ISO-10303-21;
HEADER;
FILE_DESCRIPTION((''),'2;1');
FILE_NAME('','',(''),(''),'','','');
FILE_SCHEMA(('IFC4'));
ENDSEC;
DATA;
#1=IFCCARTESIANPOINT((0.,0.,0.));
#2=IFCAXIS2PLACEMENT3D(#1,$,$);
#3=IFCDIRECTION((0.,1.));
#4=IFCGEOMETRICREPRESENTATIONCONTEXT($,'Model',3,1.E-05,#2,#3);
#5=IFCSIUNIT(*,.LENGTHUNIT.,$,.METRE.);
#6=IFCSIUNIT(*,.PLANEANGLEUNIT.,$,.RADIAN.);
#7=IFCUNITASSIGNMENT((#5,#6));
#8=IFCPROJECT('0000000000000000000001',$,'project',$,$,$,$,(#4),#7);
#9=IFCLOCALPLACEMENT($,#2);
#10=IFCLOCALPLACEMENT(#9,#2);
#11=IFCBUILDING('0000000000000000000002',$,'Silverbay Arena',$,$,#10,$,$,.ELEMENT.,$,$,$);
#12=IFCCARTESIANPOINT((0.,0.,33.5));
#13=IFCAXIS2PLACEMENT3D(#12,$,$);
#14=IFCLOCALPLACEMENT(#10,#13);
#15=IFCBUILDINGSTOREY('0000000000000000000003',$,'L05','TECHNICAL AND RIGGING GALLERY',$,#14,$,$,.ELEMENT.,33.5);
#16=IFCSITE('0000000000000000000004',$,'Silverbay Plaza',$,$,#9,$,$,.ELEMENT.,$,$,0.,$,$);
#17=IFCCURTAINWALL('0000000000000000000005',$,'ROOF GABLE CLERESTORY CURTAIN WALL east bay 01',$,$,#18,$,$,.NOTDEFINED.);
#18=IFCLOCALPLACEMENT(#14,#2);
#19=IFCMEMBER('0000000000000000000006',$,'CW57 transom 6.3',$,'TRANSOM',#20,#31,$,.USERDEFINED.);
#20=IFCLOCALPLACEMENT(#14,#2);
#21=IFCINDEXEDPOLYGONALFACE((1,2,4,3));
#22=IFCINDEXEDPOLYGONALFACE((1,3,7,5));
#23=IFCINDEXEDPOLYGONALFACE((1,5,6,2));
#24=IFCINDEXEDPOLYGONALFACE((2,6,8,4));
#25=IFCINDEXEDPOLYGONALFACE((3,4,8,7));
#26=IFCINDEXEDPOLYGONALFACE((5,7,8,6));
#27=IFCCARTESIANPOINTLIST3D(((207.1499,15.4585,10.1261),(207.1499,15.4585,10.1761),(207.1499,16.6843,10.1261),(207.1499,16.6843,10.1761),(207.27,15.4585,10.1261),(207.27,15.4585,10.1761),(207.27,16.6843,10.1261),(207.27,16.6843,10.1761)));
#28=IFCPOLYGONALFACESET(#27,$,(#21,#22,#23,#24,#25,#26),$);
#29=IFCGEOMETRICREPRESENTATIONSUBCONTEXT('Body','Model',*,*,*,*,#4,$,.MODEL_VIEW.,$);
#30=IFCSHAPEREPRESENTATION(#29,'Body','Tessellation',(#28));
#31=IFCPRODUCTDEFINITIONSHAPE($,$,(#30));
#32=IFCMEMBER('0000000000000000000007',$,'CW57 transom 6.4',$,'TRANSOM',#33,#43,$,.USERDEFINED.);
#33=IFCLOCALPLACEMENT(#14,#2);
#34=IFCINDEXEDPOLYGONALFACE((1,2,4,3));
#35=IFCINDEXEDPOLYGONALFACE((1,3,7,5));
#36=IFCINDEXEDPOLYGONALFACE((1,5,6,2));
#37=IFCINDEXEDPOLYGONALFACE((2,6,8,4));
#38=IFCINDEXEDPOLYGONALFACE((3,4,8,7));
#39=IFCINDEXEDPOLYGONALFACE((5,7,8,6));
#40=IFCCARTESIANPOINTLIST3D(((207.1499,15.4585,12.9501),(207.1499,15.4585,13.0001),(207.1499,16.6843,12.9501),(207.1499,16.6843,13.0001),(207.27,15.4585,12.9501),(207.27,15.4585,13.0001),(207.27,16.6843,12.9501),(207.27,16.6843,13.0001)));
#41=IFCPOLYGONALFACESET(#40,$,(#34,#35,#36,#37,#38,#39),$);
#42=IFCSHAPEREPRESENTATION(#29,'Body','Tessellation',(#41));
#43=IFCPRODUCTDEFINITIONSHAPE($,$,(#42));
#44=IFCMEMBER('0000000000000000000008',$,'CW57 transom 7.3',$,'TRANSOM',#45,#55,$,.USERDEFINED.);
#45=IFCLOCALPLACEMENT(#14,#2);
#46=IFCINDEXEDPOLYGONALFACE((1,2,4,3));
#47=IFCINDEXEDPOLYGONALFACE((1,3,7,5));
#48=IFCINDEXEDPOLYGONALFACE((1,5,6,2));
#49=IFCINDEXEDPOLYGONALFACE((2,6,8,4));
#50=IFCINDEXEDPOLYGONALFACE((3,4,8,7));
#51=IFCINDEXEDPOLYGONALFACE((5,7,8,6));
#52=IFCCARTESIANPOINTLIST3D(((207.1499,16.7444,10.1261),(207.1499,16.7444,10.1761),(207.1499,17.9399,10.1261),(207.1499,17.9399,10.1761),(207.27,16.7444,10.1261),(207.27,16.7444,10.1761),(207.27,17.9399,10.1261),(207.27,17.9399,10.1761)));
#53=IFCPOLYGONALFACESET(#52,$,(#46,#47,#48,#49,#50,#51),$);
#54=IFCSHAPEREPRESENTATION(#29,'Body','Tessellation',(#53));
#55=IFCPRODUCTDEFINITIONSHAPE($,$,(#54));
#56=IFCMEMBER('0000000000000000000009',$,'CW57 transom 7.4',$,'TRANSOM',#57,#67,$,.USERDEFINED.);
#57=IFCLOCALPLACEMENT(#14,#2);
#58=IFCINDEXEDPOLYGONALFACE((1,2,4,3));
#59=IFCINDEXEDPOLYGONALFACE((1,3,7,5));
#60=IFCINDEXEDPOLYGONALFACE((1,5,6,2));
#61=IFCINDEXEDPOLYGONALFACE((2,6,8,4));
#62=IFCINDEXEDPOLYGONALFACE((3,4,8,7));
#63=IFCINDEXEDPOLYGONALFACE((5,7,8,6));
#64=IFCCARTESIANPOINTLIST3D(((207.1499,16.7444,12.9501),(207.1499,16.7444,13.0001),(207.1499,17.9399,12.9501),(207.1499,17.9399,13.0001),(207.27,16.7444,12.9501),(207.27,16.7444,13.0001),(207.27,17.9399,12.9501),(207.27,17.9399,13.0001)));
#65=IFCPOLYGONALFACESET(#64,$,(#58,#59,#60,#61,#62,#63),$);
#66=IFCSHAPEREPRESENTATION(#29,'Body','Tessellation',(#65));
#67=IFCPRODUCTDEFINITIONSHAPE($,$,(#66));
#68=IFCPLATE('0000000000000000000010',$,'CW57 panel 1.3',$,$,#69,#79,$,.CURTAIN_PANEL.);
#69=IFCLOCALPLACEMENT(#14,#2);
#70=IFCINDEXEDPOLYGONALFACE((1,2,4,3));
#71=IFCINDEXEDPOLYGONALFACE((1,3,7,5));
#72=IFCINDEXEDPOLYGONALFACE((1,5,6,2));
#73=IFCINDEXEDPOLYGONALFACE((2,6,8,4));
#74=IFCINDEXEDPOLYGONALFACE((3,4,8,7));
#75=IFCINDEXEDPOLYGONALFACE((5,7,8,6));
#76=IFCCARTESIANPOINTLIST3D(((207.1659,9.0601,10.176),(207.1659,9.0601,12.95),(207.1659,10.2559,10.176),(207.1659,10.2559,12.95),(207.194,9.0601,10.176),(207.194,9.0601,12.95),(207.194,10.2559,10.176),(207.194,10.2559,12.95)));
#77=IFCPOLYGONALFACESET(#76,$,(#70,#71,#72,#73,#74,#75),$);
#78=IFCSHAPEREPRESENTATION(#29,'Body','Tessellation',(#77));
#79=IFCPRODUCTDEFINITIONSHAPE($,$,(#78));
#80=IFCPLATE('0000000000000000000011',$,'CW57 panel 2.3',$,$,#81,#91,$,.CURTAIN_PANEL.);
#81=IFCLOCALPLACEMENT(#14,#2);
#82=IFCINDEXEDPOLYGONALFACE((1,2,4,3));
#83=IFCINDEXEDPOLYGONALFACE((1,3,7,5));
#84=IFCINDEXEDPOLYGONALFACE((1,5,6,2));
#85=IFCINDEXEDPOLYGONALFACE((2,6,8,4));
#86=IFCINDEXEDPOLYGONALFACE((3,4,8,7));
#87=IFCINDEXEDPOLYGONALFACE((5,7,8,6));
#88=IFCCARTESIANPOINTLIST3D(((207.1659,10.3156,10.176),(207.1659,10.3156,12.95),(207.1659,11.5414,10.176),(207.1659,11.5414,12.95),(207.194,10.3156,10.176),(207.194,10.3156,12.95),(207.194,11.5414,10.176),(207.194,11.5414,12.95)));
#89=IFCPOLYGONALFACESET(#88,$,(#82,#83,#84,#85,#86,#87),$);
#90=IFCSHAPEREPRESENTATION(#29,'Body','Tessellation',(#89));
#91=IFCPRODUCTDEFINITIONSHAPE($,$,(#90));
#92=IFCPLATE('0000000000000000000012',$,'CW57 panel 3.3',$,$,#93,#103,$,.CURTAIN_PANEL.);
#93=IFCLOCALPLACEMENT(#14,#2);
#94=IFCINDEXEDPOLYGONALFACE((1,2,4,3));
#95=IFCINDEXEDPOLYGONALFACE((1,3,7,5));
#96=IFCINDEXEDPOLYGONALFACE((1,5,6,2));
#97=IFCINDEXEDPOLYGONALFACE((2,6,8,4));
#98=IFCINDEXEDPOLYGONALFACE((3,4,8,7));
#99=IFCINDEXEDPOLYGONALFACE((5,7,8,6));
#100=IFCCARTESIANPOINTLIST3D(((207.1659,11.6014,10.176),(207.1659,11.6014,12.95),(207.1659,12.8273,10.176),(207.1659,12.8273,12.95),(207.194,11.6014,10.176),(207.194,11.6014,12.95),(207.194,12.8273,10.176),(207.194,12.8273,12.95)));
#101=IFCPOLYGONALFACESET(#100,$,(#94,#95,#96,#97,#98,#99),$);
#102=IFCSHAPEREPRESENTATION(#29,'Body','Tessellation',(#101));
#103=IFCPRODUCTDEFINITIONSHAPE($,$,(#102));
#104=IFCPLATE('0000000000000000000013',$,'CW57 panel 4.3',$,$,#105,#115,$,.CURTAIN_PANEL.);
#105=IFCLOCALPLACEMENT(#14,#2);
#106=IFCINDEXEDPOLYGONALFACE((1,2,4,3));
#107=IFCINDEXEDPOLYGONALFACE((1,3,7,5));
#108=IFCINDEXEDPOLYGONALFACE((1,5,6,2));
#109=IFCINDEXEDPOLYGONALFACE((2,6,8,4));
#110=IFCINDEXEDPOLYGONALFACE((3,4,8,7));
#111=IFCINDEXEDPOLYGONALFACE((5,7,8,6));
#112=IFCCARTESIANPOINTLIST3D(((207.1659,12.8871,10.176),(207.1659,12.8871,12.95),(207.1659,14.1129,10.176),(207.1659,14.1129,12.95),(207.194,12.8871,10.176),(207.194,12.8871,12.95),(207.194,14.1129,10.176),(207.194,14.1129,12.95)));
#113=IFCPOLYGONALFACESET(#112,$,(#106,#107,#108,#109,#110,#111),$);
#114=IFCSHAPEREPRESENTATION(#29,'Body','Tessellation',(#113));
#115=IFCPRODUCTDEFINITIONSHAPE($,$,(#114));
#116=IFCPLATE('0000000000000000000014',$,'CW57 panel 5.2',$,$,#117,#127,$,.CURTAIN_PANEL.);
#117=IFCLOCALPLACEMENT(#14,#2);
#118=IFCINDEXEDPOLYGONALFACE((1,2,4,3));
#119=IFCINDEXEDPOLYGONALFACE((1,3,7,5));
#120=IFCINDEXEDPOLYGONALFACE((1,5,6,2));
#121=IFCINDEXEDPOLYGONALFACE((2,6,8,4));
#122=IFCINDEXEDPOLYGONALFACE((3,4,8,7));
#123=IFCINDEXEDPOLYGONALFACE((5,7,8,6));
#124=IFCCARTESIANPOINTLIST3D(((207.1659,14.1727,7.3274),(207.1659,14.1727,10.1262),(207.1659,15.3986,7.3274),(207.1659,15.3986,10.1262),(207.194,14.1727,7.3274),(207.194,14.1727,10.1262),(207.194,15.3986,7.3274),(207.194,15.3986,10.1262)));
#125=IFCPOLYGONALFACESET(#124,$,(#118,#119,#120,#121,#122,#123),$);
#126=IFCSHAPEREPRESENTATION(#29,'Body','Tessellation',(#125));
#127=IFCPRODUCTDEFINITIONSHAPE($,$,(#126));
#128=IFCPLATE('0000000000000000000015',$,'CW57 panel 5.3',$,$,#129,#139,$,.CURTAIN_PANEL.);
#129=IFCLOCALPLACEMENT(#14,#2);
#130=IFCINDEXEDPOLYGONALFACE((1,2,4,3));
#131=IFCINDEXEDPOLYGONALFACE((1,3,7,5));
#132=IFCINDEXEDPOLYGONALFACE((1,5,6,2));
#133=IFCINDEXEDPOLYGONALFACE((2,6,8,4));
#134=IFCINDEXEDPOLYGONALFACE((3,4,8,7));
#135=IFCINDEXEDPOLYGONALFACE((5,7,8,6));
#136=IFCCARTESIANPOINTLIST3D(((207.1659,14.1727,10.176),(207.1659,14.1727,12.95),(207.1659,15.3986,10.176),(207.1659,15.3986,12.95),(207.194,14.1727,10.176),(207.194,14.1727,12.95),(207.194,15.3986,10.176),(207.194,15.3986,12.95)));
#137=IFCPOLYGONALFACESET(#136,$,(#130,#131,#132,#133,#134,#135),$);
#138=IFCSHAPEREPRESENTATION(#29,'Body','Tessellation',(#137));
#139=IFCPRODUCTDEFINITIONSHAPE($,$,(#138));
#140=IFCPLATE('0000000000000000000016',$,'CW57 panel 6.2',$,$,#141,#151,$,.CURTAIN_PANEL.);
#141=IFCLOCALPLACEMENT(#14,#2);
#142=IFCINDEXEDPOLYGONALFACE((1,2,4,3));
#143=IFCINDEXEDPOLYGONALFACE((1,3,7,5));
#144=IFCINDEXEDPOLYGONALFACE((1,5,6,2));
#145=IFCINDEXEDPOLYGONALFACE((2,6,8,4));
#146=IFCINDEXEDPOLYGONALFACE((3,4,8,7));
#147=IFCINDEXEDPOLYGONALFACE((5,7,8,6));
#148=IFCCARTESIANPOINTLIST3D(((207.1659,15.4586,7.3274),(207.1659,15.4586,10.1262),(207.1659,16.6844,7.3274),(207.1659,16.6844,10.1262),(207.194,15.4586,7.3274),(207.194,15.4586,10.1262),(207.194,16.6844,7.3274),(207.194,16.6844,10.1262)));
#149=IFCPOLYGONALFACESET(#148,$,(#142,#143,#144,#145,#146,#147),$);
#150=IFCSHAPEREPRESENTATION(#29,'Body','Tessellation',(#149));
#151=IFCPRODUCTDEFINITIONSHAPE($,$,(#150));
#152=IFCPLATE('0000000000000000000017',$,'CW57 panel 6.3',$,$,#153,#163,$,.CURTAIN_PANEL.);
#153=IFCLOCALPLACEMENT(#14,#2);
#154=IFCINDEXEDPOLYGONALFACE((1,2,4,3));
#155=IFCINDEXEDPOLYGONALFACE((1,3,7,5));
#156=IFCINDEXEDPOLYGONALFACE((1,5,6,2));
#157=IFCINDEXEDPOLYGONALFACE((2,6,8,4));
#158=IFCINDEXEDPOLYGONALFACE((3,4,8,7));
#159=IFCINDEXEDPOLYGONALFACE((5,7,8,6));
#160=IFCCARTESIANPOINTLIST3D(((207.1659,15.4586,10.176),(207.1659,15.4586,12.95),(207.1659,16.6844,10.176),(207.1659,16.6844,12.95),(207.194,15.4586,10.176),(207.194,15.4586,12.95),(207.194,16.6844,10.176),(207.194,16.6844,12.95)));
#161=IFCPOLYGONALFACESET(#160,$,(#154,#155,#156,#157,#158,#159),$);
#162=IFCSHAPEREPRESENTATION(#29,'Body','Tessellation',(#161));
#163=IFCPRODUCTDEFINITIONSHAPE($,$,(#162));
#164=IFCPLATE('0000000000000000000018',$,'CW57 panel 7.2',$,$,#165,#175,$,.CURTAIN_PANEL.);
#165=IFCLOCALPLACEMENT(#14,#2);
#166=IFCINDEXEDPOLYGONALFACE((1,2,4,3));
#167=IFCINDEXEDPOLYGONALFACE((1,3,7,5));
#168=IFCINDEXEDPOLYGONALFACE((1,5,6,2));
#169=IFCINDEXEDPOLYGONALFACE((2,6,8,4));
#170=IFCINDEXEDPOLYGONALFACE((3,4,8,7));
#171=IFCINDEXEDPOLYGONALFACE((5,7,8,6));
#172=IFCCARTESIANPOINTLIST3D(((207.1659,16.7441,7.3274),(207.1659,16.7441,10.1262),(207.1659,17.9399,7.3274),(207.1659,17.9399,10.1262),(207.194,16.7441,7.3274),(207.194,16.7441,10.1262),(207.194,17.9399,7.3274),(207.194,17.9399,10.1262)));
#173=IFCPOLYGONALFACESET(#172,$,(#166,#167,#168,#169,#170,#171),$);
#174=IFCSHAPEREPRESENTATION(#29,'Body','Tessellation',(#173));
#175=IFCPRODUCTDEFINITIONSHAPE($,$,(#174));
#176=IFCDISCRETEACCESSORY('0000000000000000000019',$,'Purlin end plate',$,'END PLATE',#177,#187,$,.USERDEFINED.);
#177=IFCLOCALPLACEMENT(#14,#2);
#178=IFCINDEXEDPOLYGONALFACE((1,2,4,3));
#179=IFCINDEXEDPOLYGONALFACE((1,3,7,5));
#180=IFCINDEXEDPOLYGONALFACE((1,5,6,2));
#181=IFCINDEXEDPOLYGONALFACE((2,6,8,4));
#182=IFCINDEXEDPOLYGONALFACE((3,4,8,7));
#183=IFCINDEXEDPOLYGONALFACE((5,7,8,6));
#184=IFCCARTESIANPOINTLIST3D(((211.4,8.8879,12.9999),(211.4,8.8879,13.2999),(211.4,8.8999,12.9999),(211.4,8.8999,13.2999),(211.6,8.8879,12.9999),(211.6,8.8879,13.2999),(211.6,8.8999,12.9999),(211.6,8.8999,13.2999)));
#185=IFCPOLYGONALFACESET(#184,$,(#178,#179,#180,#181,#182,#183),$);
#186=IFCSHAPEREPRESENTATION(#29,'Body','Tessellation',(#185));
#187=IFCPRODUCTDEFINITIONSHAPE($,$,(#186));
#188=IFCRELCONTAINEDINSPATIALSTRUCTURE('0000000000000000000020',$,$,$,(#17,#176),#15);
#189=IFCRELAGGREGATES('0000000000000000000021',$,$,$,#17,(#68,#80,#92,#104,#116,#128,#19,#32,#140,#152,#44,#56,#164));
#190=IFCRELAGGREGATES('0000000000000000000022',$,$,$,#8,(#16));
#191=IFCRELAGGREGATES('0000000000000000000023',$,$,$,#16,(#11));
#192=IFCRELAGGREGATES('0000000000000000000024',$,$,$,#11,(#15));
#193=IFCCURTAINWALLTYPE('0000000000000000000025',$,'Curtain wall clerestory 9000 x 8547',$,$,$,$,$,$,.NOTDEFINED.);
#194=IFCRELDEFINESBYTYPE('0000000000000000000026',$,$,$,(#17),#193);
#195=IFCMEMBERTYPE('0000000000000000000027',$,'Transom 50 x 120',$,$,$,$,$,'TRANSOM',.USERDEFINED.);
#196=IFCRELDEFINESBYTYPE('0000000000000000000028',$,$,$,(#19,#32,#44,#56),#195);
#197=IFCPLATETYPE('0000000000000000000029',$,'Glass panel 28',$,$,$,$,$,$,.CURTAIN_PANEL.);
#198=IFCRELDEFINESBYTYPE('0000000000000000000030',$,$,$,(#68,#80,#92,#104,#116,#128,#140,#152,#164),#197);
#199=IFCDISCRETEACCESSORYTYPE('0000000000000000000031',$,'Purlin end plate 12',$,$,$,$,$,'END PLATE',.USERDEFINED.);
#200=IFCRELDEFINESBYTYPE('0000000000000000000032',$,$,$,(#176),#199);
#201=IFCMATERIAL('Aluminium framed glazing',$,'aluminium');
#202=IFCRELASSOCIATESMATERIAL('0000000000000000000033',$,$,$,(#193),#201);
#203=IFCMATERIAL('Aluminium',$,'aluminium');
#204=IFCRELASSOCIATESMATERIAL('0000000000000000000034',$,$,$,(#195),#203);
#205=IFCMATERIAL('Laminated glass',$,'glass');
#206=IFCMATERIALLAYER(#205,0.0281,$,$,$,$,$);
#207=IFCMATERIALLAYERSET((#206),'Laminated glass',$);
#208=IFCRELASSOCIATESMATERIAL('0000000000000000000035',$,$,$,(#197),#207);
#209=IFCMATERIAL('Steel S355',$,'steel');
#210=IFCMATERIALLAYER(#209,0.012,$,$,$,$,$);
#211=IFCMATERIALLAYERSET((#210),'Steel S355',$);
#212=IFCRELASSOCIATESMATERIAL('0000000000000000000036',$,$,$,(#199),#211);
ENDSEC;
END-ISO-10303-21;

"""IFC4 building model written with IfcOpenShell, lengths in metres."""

from ifc_helpers import new_model, si_unit, direction, frame, origin, origin_2d, place, context, subcontext, project, spatial, rectangle, extrude, material, layer, layer_set, material_profile, profile_set, type_object, element, aggregate, save


model = new_model("IFC4")

# Units and contexts
model_context = context("Model", 3, precision=1e-05, world=origin(), true_north=direction((0.0, 1.0)))
body_context = subcontext(model_context, "Body", "Model", "MODEL_VIEW")
ifc_project = project(units=[si_unit("LENGTHUNIT", "METRE"), si_unit("PLANEANGLEUNIT", "RADIAN")], contexts=[model_context])

# Site, building, storey
site_placement = place(None, origin())
site = spatial("IfcSite", under=ifc_project, at=site_placement, Name="Silverbay Plaza", CompositionType="ELEMENT", RefElevation=0.0)
building_placement = place(site_placement, origin())
building = spatial("IfcBuilding", under=site, at=building_placement, Name="Silverbay Arena", CompositionType="ELEMENT")
storey_placement = place(building_placement, frame((0.0, 0.0, 33.5)))
storey = spatial("IfcBuildingStorey", under=building, at=storey_placement, Name="L05", Description="TECHNICAL AND RIGGING GALLERY", CompositionType="ELEMENT", Elevation=33.5)

# Curtain wall, members, plates
ifc_material_1 = material(Name="Aluminium framed glazing", Category="aluminium")
curtain_wall_type = type_object("IfcCurtainWallType", Name="Curtain wall clerestory 9000 x 8547", PredefinedType="NOTDEFINED", material=ifc_material_1)
curtain_wall_placement = place(storey_placement, origin())
curtain_wall = element("IfcCurtainWall", 1, at=curtain_wall_placement, inside=storey, type_object=curtain_wall_type, Name="ROOF GABLE CLERESTORY CURTAIN WALL east bay 01", PredefinedType="NOTDEFINED")
ifc_material_2 = material(Name="Aluminium", Category="aluminium")
ifc_material_profile_1 = material_profile(ifc_material_2, rectangle(XDim=0.1201, YDim=0.05, at=origin_2d()), Name="Transom 50 x 120")
ifc_profile_set_1 = profile_set([ifc_material_profile_1], Name="Aluminium")
member_type_1 = type_object("IfcMemberType", Name="Transom 50 x 120", ElementType="TRANSOM", PredefinedType="USERDEFINED", material=ifc_profile_set_1)
member_1_placement = place(storey_placement, frame((207.21, 15.4585, 10.1511), z_axis=(0.0, 1.0, 0.0), x_axis=(-1.0, 0.0, 0.0)))
member_1 = element("IfcMember", 2, at=member_1_placement, type_object=member_type_1, Name="CW57 transom 6.3", ObjectType="TRANSOM", PredefinedType="USERDEFINED", context=body_context, shape_type="SweptSolid", body=[
    extrude(rectangle(XDim=0.1201, YDim=0.05, at=origin_2d()), origin(), (0.0, 0.0, 1.0), 1.2258),
])
member_2_placement = place(storey_placement, frame((207.21, 15.4585, 12.9751), z_axis=(0.0, 1.0, 0.0), x_axis=(-1.0, 0.0, 0.0)))
member_2 = element("IfcMember", 3, at=member_2_placement, type_object=member_type_1, Name="CW57 transom 6.4", ObjectType="TRANSOM", PredefinedType="USERDEFINED", context=body_context, shape_type="SweptSolid", body=[
    extrude(rectangle(XDim=0.1201, YDim=0.05, at=origin_2d()), origin(), (0.0, 0.0, 1.0), 1.2258),
])
member_3_placement = place(storey_placement, frame((207.21, 16.7444, 10.1511), z_axis=(0.0, 1.0, 0.0), x_axis=(-1.0, 0.0, 0.0)))
member_3 = element("IfcMember", 4, at=member_3_placement, type_object=member_type_1, Name="CW57 transom 7.3", ObjectType="TRANSOM", PredefinedType="USERDEFINED", context=body_context, shape_type="SweptSolid", body=[
    extrude(rectangle(XDim=0.1201, YDim=0.05, at=origin_2d()), origin(), (0.0, 0.0, 1.0), 1.1956),
])
member_4_placement = place(storey_placement, frame((207.21, 16.7444, 12.9751), z_axis=(0.0, 1.0, 0.0), x_axis=(-1.0, 0.0, 0.0)))
member_4 = element("IfcMember", 5, at=member_4_placement, type_object=member_type_1, Name="CW57 transom 7.4", ObjectType="TRANSOM", PredefinedType="USERDEFINED", context=body_context, shape_type="SweptSolid", body=[
    extrude(rectangle(XDim=0.1201, YDim=0.05, at=origin_2d()), origin(), (0.0, 0.0, 1.0), 1.1956),
])
ifc_material_3 = material(Name="Laminated glass", Category="glass")
ifc_layer_1 = layer(ifc_material_3, 0.0281)
ifc_layer_set_1 = layer_set([ifc_layer_1], Name="Laminated glass")
plate_type = type_object("IfcPlateType", Name="Glass panel 28", PredefinedType="CURTAIN_PANEL", material=ifc_layer_set_1)
plate_1_placement = place(storey_placement, frame((207.1799, 9.658, 10.176), z_axis=(0.0, 0.0, 1.0), x_axis=(0.0, 1.0, 0.0)))
plate_1 = element("IfcPlate", 6, at=plate_1_placement, type_object=plate_type, Name="CW57 panel 1.3", PredefinedType="CURTAIN_PANEL", context=body_context, shape_type="SweptSolid", body=[
    extrude(rectangle(XDim=1.1958, YDim=0.0281, at=origin_2d()), origin(), (0.0, 0.0, 1.0), 2.7739),
])
plate_2_placement = place(storey_placement, frame((207.1799, 10.9285, 10.176), z_axis=(0.0, 0.0, 1.0), x_axis=(0.0, 1.0, 0.0)))
plate_2 = element("IfcPlate", 7, at=plate_2_placement, type_object=plate_type, Name="CW57 panel 2.3", PredefinedType="CURTAIN_PANEL", context=body_context, shape_type="SweptSolid", body=[
    extrude(rectangle(XDim=1.2258, YDim=0.0281, at=origin_2d()), origin(), (0.0, 0.0, 1.0), 2.7739),
])
plate_3_placement = place(storey_placement, frame((207.1799, 12.2144, 10.176), z_axis=(0.0, 0.0, 1.0), x_axis=(0.0, 1.0, 0.0)))
plate_3 = element("IfcPlate", 8, at=plate_3_placement, type_object=plate_type, Name="CW57 panel 3.3", PredefinedType="CURTAIN_PANEL", context=body_context, shape_type="SweptSolid", body=[
    extrude(rectangle(XDim=1.2258, YDim=0.0281, at=origin_2d()), origin(), (0.0, 0.0, 1.0), 2.7739),
])
plate_4_placement = place(storey_placement, frame((207.1799, 13.5, 10.176), z_axis=(0.0, 0.0, 1.0), x_axis=(0.0, 1.0, 0.0)))
plate_4 = element("IfcPlate", 9, at=plate_4_placement, type_object=plate_type, Name="CW57 panel 4.3", PredefinedType="CURTAIN_PANEL", context=body_context, shape_type="SweptSolid", body=[
    extrude(rectangle(XDim=1.2258, YDim=0.0281, at=origin_2d()), origin(), (0.0, 0.0, 1.0), 2.7739),
])
plate_5_placement = place(storey_placement, frame((207.1799, 14.7856, 7.3274), z_axis=(0.0, 0.0, 1.0), x_axis=(0.0, 1.0, 0.0)))
plate_5 = element("IfcPlate", 10, at=plate_5_placement, type_object=plate_type, Name="CW57 panel 5.2", PredefinedType="CURTAIN_PANEL", context=body_context, shape_type="SweptSolid", body=[
    extrude(rectangle(XDim=1.2258, YDim=0.0281, at=origin_2d()), origin(), (0.0, 0.0, 1.0), 2.7988),
])
plate_6_placement = place(storey_placement, frame((207.1799, 14.7856, 10.176), z_axis=(0.0, 0.0, 1.0), x_axis=(0.0, 1.0, 0.0)))
plate_6 = element("IfcPlate", 11, at=plate_6_placement, type_object=plate_type, Name="CW57 panel 5.3", PredefinedType="CURTAIN_PANEL", context=body_context, shape_type="SweptSolid", body=[
    extrude(rectangle(XDim=1.2258, YDim=0.0281, at=origin_2d()), origin(), (0.0, 0.0, 1.0), 2.7739),
])
plate_7_placement = place(storey_placement, frame((207.1799, 16.0715, 7.3274), z_axis=(0.0, 0.0, 1.0), x_axis=(0.0, 1.0, 0.0)))
plate_7 = element("IfcPlate", 12, at=plate_7_placement, type_object=plate_type, Name="CW57 panel 6.2", PredefinedType="CURTAIN_PANEL", context=body_context, shape_type="SweptSolid", body=[
    extrude(rectangle(XDim=1.2258, YDim=0.0281, at=origin_2d()), origin(), (0.0, 0.0, 1.0), 2.7988),
])
plate_8_placement = place(storey_placement, frame((207.1799, 16.0715, 10.176), z_axis=(0.0, 0.0, 1.0), x_axis=(0.0, 1.0, 0.0)))
plate_8 = element("IfcPlate", 13, at=plate_8_placement, type_object=plate_type, Name="CW57 panel 6.3", PredefinedType="CURTAIN_PANEL", context=body_context, shape_type="SweptSolid", body=[
    extrude(rectangle(XDim=1.2258, YDim=0.0281, at=origin_2d()), origin(), (0.0, 0.0, 1.0), 2.7739),
])
plate_9_placement = place(storey_placement, frame((207.1799, 17.342, 7.3274), z_axis=(0.0, 0.0, 1.0), x_axis=(0.0, 1.0, 0.0)))
plate_9 = element("IfcPlate", 14, at=plate_9_placement, type_object=plate_type, Name="CW57 panel 7.2", PredefinedType="CURTAIN_PANEL", context=body_context, shape_type="SweptSolid", body=[
    extrude(rectangle(XDim=1.1958, YDim=0.0281, at=origin_2d()), origin(), (0.0, 0.0, 1.0), 2.7988),
])
aggregate(curtain_wall, [plate_1, plate_2, plate_3, plate_4, plate_5, plate_6, member_1, member_2, plate_7, plate_8, member_3, member_4, plate_9])

# Discrete accessory
ifc_material_4 = material(Name="Steel S355", Category="steel")
ifc_layer_2 = layer(ifc_material_4, 0.012)
ifc_layer_set_2 = layer_set([ifc_layer_2], Name="Steel S355")
discrete_accessory_type_1 = type_object("IfcDiscreteAccessoryType", Name="Purlin end plate 12", ElementType="END PLATE", PredefinedType="USERDEFINED", material=ifc_layer_set_2)
discrete_accessory_placement = place(storey_placement, frame((211.5, 8.8999, 13.1499), z_axis=(0.0, -1.0, 0.0), x_axis=(1.0, 0.0, 0.0)))
element("IfcDiscreteAccessory", 15, at=discrete_accessory_placement, inside=storey, type_object=discrete_accessory_type_1, Name="Purlin end plate", ObjectType="END PLATE", PredefinedType="USERDEFINED", context=body_context, shape_type="SweptSolid", body=[
    extrude(rectangle(XDim=0.2, YDim=0.3, at=origin_2d()), origin(), (0.0, 0.0, 1.0), 0.012),
])

save(model, "model.ifc")
